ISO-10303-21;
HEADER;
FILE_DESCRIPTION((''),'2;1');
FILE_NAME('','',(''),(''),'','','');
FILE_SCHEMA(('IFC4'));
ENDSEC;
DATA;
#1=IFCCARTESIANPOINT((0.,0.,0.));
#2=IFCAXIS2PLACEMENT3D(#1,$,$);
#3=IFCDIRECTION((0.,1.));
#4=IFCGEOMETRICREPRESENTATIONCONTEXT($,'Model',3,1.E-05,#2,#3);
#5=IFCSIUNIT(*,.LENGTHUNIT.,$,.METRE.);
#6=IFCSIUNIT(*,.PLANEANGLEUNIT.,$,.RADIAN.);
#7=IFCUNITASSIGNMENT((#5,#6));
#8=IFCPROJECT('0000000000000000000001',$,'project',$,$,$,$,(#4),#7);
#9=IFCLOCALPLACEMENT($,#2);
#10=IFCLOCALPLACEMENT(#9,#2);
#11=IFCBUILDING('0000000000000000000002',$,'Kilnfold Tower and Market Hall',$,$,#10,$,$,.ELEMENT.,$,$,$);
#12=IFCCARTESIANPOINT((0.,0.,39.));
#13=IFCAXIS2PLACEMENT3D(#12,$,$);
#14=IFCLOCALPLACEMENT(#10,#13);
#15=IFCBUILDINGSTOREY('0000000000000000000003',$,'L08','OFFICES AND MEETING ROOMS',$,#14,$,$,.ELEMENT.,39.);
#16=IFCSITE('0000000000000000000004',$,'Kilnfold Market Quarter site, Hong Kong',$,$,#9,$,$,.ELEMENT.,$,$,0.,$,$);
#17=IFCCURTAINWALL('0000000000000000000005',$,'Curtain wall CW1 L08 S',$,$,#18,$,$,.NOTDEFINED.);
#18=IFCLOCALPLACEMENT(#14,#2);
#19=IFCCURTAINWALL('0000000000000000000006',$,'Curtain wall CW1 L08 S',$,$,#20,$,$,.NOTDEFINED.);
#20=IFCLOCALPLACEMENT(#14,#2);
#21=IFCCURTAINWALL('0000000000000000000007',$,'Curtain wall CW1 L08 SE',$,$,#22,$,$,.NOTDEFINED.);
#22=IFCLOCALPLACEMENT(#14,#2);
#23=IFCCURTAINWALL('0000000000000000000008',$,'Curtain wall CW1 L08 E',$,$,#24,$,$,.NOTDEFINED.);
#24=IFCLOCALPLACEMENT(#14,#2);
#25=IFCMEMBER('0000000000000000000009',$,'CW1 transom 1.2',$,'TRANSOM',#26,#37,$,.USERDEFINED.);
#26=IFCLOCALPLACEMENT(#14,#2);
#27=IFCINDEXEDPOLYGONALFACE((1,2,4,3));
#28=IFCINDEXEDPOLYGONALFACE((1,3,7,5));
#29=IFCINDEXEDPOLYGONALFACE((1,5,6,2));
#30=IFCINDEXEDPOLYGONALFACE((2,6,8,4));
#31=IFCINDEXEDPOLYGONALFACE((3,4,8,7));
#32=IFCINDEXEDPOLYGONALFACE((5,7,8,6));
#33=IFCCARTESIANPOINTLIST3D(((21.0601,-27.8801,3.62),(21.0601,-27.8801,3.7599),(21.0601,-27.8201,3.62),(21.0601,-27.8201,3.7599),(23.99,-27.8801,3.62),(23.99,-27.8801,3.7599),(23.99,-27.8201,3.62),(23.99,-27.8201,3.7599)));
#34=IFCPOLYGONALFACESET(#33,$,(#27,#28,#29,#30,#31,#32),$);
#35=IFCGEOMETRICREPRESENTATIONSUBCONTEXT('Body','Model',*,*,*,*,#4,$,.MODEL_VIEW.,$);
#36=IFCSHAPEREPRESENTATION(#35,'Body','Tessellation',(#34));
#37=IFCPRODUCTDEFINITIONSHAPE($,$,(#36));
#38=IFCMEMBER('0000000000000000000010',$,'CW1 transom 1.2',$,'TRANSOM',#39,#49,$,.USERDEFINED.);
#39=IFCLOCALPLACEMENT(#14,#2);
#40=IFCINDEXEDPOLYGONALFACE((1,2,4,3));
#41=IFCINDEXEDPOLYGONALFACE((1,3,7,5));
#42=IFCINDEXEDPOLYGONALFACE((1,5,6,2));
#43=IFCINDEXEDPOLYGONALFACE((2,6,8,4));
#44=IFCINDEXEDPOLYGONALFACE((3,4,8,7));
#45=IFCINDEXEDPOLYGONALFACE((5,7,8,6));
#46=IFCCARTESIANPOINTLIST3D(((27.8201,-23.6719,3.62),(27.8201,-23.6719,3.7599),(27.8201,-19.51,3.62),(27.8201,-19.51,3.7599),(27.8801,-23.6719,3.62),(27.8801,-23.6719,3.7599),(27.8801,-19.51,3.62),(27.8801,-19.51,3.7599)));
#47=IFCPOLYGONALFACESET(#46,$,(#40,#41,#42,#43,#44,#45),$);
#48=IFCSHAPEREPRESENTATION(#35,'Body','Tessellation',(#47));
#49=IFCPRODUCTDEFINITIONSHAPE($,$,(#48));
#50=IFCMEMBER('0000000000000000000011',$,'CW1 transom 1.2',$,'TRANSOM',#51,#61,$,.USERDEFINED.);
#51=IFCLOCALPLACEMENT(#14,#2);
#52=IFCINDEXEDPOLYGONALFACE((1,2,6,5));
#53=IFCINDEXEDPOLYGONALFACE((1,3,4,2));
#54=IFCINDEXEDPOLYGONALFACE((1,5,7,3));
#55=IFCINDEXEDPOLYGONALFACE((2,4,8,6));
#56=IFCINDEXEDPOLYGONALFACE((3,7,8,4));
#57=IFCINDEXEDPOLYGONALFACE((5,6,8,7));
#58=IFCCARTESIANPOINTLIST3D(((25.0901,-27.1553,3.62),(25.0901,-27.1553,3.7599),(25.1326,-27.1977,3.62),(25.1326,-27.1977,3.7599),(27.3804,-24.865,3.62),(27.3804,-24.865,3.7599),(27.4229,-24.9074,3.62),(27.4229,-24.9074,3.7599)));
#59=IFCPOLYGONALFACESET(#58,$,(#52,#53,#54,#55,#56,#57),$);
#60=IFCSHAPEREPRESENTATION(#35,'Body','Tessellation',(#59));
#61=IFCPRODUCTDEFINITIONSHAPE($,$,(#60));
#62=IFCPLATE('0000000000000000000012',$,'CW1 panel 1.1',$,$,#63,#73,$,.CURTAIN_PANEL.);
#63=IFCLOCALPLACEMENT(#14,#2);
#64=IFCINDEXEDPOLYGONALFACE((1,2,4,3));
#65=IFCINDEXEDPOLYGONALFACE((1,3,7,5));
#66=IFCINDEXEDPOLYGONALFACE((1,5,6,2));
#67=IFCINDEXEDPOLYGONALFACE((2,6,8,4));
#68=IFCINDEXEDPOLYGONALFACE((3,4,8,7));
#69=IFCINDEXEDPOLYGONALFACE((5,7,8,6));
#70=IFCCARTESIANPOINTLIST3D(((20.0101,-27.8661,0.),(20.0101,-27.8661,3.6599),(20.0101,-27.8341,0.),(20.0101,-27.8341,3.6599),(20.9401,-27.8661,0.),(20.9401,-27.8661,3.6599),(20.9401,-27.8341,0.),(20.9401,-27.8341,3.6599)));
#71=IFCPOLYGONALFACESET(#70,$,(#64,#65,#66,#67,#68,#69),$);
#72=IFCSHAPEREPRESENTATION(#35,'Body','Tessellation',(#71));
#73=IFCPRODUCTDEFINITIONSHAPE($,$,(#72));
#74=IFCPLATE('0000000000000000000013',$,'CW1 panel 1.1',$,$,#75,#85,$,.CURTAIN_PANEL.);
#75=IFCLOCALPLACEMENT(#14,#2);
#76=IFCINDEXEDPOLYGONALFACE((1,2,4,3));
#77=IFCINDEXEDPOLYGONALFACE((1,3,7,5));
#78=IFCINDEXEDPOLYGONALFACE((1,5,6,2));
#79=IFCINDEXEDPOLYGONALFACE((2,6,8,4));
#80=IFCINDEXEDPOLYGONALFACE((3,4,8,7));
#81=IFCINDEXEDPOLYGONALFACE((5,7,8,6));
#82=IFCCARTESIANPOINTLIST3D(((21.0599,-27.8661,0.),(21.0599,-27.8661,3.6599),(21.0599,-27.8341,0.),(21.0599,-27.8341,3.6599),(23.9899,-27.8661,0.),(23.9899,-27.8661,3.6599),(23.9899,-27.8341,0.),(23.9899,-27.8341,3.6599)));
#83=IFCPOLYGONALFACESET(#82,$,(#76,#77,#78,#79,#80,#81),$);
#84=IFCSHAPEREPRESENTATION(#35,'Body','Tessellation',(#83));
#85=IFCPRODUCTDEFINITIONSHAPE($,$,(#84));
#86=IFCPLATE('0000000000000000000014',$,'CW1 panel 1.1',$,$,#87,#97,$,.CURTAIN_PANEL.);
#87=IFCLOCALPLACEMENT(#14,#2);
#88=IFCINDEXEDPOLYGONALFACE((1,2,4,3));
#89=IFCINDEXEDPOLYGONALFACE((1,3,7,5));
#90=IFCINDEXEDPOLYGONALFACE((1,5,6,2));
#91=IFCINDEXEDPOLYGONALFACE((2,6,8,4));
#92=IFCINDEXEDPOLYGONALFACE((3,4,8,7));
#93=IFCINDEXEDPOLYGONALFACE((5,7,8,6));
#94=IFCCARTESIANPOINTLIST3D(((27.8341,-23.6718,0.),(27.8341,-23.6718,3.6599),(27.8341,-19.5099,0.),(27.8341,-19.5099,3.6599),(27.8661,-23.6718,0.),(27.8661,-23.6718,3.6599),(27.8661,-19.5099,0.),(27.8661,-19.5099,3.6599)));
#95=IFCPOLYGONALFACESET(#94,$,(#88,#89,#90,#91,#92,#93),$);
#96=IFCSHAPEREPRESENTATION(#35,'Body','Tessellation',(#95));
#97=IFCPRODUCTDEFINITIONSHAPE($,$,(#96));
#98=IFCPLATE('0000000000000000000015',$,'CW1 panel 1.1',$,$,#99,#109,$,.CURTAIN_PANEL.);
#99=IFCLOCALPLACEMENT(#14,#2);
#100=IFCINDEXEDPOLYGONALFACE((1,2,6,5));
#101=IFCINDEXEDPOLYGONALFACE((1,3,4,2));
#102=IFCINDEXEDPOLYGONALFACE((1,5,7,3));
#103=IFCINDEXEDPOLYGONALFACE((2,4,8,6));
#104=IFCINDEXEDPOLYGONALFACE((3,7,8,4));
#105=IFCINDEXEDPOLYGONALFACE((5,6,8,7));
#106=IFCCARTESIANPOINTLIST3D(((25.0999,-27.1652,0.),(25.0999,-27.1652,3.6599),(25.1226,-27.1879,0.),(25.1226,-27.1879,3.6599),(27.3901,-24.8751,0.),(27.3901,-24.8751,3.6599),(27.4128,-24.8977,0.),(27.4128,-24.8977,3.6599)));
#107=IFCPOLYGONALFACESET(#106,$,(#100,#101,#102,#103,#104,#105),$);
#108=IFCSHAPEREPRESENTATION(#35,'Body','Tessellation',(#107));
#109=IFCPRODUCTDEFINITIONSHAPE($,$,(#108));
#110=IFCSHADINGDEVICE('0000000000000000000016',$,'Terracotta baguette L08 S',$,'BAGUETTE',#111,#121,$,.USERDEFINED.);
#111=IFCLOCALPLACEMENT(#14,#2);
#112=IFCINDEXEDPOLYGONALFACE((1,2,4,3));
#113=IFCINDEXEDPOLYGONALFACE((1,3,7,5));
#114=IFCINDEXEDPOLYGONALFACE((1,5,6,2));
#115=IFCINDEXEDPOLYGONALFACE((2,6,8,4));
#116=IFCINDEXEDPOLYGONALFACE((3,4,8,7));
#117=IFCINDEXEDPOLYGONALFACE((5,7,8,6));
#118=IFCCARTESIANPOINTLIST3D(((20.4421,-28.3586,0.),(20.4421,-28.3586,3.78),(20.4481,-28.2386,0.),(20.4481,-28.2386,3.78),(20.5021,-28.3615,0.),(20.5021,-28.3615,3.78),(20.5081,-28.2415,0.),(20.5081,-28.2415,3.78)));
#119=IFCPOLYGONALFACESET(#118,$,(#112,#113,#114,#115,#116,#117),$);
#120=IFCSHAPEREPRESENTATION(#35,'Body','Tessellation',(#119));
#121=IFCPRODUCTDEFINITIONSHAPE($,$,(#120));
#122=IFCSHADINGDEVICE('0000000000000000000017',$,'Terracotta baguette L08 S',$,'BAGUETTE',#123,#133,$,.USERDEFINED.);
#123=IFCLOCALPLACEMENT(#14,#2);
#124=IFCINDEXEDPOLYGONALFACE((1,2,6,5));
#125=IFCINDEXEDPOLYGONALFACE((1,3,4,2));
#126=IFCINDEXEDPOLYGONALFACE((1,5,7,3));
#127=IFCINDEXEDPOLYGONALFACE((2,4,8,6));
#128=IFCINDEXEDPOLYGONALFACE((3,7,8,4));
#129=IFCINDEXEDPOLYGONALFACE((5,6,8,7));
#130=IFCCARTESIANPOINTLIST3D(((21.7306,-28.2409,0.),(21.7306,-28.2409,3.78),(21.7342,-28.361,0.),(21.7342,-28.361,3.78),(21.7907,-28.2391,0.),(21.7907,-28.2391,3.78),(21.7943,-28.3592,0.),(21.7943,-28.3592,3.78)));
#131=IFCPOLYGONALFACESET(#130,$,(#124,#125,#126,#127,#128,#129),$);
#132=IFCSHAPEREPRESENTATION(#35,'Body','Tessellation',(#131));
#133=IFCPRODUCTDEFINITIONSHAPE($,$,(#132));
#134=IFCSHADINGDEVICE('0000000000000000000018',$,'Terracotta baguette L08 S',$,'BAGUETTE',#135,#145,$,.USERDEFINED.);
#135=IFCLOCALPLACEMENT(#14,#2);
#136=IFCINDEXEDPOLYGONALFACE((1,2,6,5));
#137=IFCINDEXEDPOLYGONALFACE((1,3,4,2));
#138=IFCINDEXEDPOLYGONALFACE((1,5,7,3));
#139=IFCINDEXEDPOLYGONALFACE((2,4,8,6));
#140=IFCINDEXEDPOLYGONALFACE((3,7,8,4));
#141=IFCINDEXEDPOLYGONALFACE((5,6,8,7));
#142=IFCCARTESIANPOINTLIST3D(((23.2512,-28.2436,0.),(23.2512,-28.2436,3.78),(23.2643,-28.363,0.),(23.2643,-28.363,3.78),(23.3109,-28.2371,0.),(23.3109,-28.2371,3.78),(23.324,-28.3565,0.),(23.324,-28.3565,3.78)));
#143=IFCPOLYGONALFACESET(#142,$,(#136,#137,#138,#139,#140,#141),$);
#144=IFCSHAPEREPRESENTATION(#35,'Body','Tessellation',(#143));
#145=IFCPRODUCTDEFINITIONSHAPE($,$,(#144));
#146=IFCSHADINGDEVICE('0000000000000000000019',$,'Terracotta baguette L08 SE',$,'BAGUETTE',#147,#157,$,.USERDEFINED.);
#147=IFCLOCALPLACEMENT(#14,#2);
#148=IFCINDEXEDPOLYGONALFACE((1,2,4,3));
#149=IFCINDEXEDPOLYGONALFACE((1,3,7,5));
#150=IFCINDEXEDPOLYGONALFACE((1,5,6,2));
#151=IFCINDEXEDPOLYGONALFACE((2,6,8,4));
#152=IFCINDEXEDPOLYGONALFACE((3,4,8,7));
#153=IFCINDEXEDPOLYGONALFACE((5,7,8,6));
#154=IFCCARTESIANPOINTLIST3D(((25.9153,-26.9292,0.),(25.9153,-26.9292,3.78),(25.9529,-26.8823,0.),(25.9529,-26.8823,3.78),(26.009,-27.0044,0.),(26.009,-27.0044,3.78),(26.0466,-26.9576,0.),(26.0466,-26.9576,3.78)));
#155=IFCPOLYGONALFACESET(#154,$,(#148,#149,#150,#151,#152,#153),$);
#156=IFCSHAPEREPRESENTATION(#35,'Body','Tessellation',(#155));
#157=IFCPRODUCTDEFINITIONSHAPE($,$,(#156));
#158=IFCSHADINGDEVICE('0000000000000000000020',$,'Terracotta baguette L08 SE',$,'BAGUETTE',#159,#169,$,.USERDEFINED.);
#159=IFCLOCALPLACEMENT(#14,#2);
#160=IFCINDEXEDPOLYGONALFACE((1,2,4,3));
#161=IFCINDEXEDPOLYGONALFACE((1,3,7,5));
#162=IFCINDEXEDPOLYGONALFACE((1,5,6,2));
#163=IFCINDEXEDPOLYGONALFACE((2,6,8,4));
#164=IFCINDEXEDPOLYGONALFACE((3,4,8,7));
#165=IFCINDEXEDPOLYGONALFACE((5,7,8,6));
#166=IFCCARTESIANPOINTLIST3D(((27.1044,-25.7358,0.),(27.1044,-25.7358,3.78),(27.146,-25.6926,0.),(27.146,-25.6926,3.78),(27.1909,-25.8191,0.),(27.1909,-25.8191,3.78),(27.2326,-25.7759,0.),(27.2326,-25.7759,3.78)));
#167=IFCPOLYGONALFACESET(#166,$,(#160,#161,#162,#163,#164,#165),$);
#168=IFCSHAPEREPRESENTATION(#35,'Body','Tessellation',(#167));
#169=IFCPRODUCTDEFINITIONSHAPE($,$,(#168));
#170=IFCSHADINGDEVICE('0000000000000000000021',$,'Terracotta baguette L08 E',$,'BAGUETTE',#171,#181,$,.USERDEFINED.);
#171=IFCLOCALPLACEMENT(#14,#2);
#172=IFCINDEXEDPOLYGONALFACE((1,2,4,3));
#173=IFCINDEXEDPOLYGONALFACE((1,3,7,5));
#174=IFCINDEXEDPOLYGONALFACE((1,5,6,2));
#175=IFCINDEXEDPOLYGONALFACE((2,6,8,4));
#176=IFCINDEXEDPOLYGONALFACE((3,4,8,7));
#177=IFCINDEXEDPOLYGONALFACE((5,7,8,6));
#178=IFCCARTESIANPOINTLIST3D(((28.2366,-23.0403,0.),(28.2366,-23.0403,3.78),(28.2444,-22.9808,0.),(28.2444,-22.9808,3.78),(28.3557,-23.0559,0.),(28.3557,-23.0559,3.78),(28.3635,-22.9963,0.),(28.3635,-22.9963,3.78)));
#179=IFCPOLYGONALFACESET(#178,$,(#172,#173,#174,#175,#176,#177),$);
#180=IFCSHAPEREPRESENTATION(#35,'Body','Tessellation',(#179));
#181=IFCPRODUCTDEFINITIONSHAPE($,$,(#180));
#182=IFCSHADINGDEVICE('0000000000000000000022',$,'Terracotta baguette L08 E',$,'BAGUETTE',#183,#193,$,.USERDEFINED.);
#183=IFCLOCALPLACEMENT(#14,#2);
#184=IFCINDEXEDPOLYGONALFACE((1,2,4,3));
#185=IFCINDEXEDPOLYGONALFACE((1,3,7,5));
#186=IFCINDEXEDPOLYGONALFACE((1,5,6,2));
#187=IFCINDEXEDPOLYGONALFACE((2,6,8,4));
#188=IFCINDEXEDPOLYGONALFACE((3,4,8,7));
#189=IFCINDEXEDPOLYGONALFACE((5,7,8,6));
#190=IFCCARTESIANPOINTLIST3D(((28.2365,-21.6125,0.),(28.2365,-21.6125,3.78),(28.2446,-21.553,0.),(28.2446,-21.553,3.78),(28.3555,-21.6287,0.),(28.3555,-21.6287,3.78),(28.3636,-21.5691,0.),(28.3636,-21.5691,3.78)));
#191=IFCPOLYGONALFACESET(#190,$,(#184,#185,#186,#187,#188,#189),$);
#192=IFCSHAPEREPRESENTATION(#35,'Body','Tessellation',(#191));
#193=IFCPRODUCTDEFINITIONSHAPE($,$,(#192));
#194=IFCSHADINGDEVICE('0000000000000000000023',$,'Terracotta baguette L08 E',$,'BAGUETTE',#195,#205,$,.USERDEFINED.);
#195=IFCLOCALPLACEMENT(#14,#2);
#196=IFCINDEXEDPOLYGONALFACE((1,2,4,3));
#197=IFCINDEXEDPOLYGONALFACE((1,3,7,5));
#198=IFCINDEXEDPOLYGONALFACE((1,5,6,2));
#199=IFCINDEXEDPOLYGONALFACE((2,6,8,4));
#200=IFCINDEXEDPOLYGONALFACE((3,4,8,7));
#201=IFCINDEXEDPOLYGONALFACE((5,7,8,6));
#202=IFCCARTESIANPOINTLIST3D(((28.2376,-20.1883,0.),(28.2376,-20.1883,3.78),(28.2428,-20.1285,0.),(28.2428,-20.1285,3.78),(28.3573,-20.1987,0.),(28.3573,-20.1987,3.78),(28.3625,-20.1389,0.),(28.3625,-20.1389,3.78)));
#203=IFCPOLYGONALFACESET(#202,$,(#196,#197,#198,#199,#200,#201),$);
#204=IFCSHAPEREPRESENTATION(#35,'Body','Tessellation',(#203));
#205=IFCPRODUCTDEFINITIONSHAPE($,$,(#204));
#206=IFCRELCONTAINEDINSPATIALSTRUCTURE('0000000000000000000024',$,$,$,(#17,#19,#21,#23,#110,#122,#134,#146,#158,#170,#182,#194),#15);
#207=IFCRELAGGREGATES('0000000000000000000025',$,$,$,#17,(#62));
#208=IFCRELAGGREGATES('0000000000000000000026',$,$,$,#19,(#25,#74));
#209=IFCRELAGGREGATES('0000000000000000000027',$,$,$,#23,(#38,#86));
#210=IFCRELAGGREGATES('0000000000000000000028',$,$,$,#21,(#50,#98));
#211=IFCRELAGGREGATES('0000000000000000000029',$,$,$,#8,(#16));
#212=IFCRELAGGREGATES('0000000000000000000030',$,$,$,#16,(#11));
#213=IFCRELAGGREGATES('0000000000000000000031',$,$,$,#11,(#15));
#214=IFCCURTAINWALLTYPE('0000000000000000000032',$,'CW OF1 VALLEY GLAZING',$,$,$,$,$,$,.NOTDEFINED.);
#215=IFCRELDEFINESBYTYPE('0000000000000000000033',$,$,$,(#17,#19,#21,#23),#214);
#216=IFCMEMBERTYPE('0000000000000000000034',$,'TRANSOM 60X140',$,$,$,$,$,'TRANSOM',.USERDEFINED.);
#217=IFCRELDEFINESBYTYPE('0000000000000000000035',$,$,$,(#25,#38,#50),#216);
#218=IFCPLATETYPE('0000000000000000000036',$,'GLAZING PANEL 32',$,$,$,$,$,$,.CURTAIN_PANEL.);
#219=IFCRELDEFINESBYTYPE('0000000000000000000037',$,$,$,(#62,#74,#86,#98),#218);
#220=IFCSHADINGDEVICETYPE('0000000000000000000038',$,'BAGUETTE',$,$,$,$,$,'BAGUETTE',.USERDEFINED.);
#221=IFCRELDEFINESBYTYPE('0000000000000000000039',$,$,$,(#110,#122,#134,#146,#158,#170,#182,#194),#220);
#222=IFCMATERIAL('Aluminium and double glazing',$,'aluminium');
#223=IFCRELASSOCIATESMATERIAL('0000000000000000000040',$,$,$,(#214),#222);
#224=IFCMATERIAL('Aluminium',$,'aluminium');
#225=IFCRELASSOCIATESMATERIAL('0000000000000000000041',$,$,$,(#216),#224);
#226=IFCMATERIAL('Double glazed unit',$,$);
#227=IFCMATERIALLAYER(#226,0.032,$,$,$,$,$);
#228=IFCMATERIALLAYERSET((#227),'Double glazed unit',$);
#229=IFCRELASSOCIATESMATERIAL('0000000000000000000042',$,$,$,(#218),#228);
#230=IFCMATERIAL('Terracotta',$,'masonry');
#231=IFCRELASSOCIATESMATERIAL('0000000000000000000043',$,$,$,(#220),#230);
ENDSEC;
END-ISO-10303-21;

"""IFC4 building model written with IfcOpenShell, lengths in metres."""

from ifc_helpers import new_model, si_unit, direction, frame, origin, origin_2d, place, context, subcontext, project, spatial, rectangle, extrude, source, transform, mapped, material, layer, layer_set, material_profile, profile_set, type_object, element, aggregate, save


model = new_model("IFC4")

# Units and contexts
model_context = context("Model", 3, precision=1e-05, world=origin(), true_north=direction((0.0, 1.0)))
body_context = subcontext(model_context, "Body", "Model", "MODEL_VIEW")
ifc_project = project(units=[si_unit("LENGTHUNIT", "METRE"), si_unit("PLANEANGLEUNIT", "RADIAN")], contexts=[model_context])

# Site, building, storey
site_placement = place(None, origin())
site = spatial("IfcSite", under=ifc_project, at=site_placement, Name="Kilnfold Market Quarter site, Hong Kong", CompositionType="ELEMENT", RefElevation=0.0)
building_placement = place(site_placement, origin())
building = spatial("IfcBuilding", under=site, at=building_placement, Name="Kilnfold Tower and Market Hall", CompositionType="ELEMENT")
storey_placement = place(building_placement, frame((0.0, 0.0, 39.0)))
storey = spatial("IfcBuildingStorey", under=building, at=storey_placement, Name="L08", Description="OFFICES AND MEETING ROOMS", CompositionType="ELEMENT", Elevation=39.0)

# Curtain walls
ifc_material_1 = material(Name="Aluminium and double glazing", Category="aluminium")
curtain_wall_type = type_object("IfcCurtainWallType", Name="CW OF1 VALLEY GLAZING", PredefinedType="NOTDEFINED", material=ifc_material_1)
curtain_wall_1_placement = place(storey_placement, origin())
curtain_wall_1 = element("IfcCurtainWall", 1, at=curtain_wall_1_placement, inside=storey, type_object=curtain_wall_type, Name="Curtain wall CW1 L08 S", PredefinedType="NOTDEFINED")
curtain_wall_2_placement = place(storey_placement, origin())
curtain_wall_2 = element("IfcCurtainWall", 2, at=curtain_wall_2_placement, inside=storey, type_object=curtain_wall_type, Name="Curtain wall CW1 L08 S", PredefinedType="NOTDEFINED")
curtain_wall_3_placement = place(storey_placement, origin())
curtain_wall_3 = element("IfcCurtainWall", 3, at=curtain_wall_3_placement, inside=storey, type_object=curtain_wall_type, Name="Curtain wall CW1 L08 SE", PredefinedType="NOTDEFINED")
curtain_wall_4_placement = place(storey_placement, origin())
curtain_wall_4 = element("IfcCurtainWall", 4, at=curtain_wall_4_placement, inside=storey, type_object=curtain_wall_type, Name="Curtain wall CW1 L08 E", PredefinedType="NOTDEFINED")

# Members
ifc_material_2 = material(Name="Aluminium", Category="aluminium")
ifc_material_profile_1 = material_profile(ifc_material_2, rectangle(XDim=0.0601, YDim=0.1399, at=origin_2d()), Name="TRANSOM 60x140")
ifc_profile_set_1 = profile_set([ifc_material_profile_1], Name="Aluminium")
member_type_1 = type_object("IfcMemberType", Name="TRANSOM 60X140", ElementType="TRANSOM", PredefinedType="USERDEFINED", material=ifc_profile_set_1)
shared_shape_1 = source(origin(), body_context, "Body", "SweptSolid", [
    extrude(rectangle(XDim=0.0601, YDim=0.1399, at=origin_2d()), origin(), (0.0, 0.0, 1.0), 2.9299),
])
member_1_placement = place(storey_placement, frame((21.0601, -27.8501, 3.6899), z_axis=(1.0, 0.0, 0.0), x_axis=(0.0, 1.0, 0.0)))
member_1 = element("IfcMember", 5, at=member_1_placement, type_object=member_type_1, Name="CW1 transom 1.2", ObjectType="TRANSOM", PredefinedType="USERDEFINED", context=body_context, shape_type="MappedRepresentation", body=[
    mapped(shared_shape_1, transform((0.0, 0.0, 0.0))),
])
shared_shape_2 = source(origin(), body_context, "Body", "SweptSolid", [
    extrude(rectangle(XDim=0.0601, YDim=0.1399, at=origin_2d()), origin(), (0.0, 0.0, 1.0), 4.1619),
])
member_2_placement = place(storey_placement, frame((27.8501, -23.6719, 3.6899), z_axis=(0.0, 1.0, 0.0), x_axis=(-1.0, 0.0, 0.0)))
member_2 = element("IfcMember", 6, at=member_2_placement, type_object=member_type_1, Name="CW1 transom 1.2", ObjectType="TRANSOM", PredefinedType="USERDEFINED", context=body_context, shape_type="MappedRepresentation", body=[
    mapped(shared_shape_2, transform((0.0, 0.0, 0.0))),
])
shared_shape_3 = source(origin(), body_context, "Body", "SweptSolid", [
    extrude(rectangle(XDim=0.0601, YDim=0.1399, at=origin_2d()), origin(), (0.0, 0.0, 1.0), 3.239),
])
member_3_placement = place(storey_placement, frame((25.1113, -27.1765, 3.6899), z_axis=(0.707107, 0.707107, 0.0), x_axis=(-0.707107, 0.707107, 0.0)))
member_3 = element("IfcMember", 7, at=member_3_placement, type_object=member_type_1, Name="CW1 transom 1.2", ObjectType="TRANSOM", PredefinedType="USERDEFINED", context=body_context, shape_type="MappedRepresentation", body=[
    mapped(shared_shape_3, transform((0.0, 0.0, 0.0))),
])

# Plates
ifc_material_3 = material(Name="Double glazed unit")
ifc_layer = layer(ifc_material_3, 0.032)
ifc_layer_set = layer_set([ifc_layer], Name="Double glazed unit")
plate_type = type_object("IfcPlateType", Name="GLAZING PANEL 32", PredefinedType="CURTAIN_PANEL", material=ifc_layer_set)
shared_shape_4 = source(origin(), body_context, "Body", "SweptSolid", [
    extrude(rectangle(XDim=0.9299, YDim=0.032, at=origin_2d()), origin(), (0.0, 0.0, 1.0), 3.6599),
])
plate_1_placement = place(storey_placement, frame((20.4751, -27.8501, 0.0), z_axis=(0.0, 0.0, 1.0), x_axis=(1.0, 0.0, 0.0)))
plate_1 = element("IfcPlate", 8, at=plate_1_placement, type_object=plate_type, Name="CW1 panel 1.1", PredefinedType="CURTAIN_PANEL", context=body_context, shape_type="MappedRepresentation", body=[
    mapped(shared_shape_4, transform((0.0, 0.0, 0.0))),
])
aggregate(curtain_wall_1, [plate_1])
shared_shape_5 = source(origin(), body_context, "Body", "SweptSolid", [
    extrude(rectangle(XDim=2.9299, YDim=0.032, at=origin_2d()), origin(), (0.0, 0.0, 1.0), 3.6599),
])
plate_2_placement = place(storey_placement, frame((22.5249, -27.8501, 0.0), z_axis=(0.0, 0.0, 1.0), x_axis=(1.0, 0.0, 0.0)))
plate_2 = element("IfcPlate", 9, at=plate_2_placement, type_object=plate_type, Name="CW1 panel 1.1", PredefinedType="CURTAIN_PANEL", context=body_context, shape_type="MappedRepresentation", body=[
    mapped(shared_shape_5, transform((0.0, 0.0, 0.0))),
])
aggregate(curtain_wall_2, [member_1, plate_2])
shared_shape_6 = source(origin(), body_context, "Body", "SweptSolid", [
    extrude(rectangle(XDim=4.1619, YDim=0.032, at=origin_2d()), origin(), (0.0, 0.0, 1.0), 3.6599),
])
plate_3_placement = place(storey_placement, frame((27.8501, -21.5908, 0.0), z_axis=(0.0, 0.0, 1.0), x_axis=(0.0, 1.0, 0.0)))
plate_3 = element("IfcPlate", 10, at=plate_3_placement, type_object=plate_type, Name="CW1 panel 1.1", PredefinedType="CURTAIN_PANEL", context=body_context, shape_type="MappedRepresentation", body=[
    mapped(shared_shape_6, transform((0.0, 0.0, 0.0))),
])
aggregate(curtain_wall_4, [member_2, plate_3])
shared_shape_7 = source(origin(), body_context, "Body", "SweptSolid", [
    extrude(rectangle(XDim=3.2388, YDim=0.032, at=origin_2d()), origin(), (0.0, 0.0, 1.0), 3.6599),
])
plate_4_placement = place(storey_placement, frame((26.2563, -26.0315, 0.0), z_axis=(0.0, 0.0, 1.0), x_axis=(0.707122, 0.707092, 0.0)))
plate_4 = element("IfcPlate", 11, at=plate_4_placement, type_object=plate_type, Name="CW1 panel 1.1", PredefinedType="CURTAIN_PANEL", context=body_context, shape_type="MappedRepresentation", body=[
    mapped(shared_shape_7, transform((0.0, 0.0, 0.0))),
])
aggregate(curtain_wall_3, [member_3, plate_4])

# Shading devices
ifc_material_4 = material(Name="Terracotta", Category="masonry")
ifc_material_profile_2 = material_profile(ifc_material_4, rectangle(XDim=0.0601, YDim=0.1201, at=origin_2d()), Name="BAG 60x120")
ifc_profile_set_2 = profile_set([ifc_material_profile_2], Name="Terracotta")
shading_device_type = type_object("IfcShadingDeviceType", Name="BAGUETTE", ElementType="BAGUETTE", PredefinedType="USERDEFINED", material=ifc_profile_set_2)
shared_shape_8 = source(origin(), body_context, "Body", "SweptSolid", [
    extrude(rectangle(XDim=0.0601, YDim=0.1201, at=origin_2d()), origin(), (0.0, 0.0, 1.0), 3.78),
])
for number, where, z_axis, x_axis, name in (
    (12, (20.4751, -28.3, 0.0), (0.0, 0.0, 1.0), (0.998782, -0.049334, 0.0), "Terracotta baguette L08 S"),
    (13, (21.7625, -28.3, 0.0), (0.0, 0.0, 1.0), (0.99955, 0.029996, 0.0), "Terracotta baguette L08 S"),
    (14, (23.2876, -28.3, 0.0), (0.0, 0.0, 1.0), (0.994016, 0.109238, 0.0), "Terracotta baguette L08 S"),
    (15, (25.981, -26.9434, 0.0), (0.0, 0.0, 1.0), (0.626298, 0.779584, 0.0), "Terracotta baguette L08 SE"),
    (16, (27.1685, -25.7559, 0.0), (0.0, 0.0, 1.0), (0.693448, 0.720506, 0.0), "Terracotta baguette L08 SE"),
    (17, (28.3, -23.0183, 0.0), (0.0, 0.0, 1.0), (0.129263, 0.99161, 0.0), "Terracotta baguette L08 E"),
    (18, (28.3, -21.5908, 0.0), (0.0, 0.0, 1.0), (0.134533, 0.990909, 0.0), "Terracotta baguette L08 E"),
    (19, (28.3, -20.1636, 0.0), (0.0, 0.0, 1.0), (0.086646, 0.996239, 0.0), "Terracotta baguette L08 E"),
):
    element("IfcShadingDevice", number, at=place(storey_placement, frame(where, z_axis=z_axis, x_axis=x_axis)), inside=storey, type_object=shading_device_type, Name=name, ObjectType="BAGUETTE", PredefinedType="USERDEFINED", context=body_context, shape_type="MappedRepresentation", body=[
        mapped(shared_shape_8, transform((0.0, 0.0, 0.0))),
    ])

save(model, "model.ifc")
